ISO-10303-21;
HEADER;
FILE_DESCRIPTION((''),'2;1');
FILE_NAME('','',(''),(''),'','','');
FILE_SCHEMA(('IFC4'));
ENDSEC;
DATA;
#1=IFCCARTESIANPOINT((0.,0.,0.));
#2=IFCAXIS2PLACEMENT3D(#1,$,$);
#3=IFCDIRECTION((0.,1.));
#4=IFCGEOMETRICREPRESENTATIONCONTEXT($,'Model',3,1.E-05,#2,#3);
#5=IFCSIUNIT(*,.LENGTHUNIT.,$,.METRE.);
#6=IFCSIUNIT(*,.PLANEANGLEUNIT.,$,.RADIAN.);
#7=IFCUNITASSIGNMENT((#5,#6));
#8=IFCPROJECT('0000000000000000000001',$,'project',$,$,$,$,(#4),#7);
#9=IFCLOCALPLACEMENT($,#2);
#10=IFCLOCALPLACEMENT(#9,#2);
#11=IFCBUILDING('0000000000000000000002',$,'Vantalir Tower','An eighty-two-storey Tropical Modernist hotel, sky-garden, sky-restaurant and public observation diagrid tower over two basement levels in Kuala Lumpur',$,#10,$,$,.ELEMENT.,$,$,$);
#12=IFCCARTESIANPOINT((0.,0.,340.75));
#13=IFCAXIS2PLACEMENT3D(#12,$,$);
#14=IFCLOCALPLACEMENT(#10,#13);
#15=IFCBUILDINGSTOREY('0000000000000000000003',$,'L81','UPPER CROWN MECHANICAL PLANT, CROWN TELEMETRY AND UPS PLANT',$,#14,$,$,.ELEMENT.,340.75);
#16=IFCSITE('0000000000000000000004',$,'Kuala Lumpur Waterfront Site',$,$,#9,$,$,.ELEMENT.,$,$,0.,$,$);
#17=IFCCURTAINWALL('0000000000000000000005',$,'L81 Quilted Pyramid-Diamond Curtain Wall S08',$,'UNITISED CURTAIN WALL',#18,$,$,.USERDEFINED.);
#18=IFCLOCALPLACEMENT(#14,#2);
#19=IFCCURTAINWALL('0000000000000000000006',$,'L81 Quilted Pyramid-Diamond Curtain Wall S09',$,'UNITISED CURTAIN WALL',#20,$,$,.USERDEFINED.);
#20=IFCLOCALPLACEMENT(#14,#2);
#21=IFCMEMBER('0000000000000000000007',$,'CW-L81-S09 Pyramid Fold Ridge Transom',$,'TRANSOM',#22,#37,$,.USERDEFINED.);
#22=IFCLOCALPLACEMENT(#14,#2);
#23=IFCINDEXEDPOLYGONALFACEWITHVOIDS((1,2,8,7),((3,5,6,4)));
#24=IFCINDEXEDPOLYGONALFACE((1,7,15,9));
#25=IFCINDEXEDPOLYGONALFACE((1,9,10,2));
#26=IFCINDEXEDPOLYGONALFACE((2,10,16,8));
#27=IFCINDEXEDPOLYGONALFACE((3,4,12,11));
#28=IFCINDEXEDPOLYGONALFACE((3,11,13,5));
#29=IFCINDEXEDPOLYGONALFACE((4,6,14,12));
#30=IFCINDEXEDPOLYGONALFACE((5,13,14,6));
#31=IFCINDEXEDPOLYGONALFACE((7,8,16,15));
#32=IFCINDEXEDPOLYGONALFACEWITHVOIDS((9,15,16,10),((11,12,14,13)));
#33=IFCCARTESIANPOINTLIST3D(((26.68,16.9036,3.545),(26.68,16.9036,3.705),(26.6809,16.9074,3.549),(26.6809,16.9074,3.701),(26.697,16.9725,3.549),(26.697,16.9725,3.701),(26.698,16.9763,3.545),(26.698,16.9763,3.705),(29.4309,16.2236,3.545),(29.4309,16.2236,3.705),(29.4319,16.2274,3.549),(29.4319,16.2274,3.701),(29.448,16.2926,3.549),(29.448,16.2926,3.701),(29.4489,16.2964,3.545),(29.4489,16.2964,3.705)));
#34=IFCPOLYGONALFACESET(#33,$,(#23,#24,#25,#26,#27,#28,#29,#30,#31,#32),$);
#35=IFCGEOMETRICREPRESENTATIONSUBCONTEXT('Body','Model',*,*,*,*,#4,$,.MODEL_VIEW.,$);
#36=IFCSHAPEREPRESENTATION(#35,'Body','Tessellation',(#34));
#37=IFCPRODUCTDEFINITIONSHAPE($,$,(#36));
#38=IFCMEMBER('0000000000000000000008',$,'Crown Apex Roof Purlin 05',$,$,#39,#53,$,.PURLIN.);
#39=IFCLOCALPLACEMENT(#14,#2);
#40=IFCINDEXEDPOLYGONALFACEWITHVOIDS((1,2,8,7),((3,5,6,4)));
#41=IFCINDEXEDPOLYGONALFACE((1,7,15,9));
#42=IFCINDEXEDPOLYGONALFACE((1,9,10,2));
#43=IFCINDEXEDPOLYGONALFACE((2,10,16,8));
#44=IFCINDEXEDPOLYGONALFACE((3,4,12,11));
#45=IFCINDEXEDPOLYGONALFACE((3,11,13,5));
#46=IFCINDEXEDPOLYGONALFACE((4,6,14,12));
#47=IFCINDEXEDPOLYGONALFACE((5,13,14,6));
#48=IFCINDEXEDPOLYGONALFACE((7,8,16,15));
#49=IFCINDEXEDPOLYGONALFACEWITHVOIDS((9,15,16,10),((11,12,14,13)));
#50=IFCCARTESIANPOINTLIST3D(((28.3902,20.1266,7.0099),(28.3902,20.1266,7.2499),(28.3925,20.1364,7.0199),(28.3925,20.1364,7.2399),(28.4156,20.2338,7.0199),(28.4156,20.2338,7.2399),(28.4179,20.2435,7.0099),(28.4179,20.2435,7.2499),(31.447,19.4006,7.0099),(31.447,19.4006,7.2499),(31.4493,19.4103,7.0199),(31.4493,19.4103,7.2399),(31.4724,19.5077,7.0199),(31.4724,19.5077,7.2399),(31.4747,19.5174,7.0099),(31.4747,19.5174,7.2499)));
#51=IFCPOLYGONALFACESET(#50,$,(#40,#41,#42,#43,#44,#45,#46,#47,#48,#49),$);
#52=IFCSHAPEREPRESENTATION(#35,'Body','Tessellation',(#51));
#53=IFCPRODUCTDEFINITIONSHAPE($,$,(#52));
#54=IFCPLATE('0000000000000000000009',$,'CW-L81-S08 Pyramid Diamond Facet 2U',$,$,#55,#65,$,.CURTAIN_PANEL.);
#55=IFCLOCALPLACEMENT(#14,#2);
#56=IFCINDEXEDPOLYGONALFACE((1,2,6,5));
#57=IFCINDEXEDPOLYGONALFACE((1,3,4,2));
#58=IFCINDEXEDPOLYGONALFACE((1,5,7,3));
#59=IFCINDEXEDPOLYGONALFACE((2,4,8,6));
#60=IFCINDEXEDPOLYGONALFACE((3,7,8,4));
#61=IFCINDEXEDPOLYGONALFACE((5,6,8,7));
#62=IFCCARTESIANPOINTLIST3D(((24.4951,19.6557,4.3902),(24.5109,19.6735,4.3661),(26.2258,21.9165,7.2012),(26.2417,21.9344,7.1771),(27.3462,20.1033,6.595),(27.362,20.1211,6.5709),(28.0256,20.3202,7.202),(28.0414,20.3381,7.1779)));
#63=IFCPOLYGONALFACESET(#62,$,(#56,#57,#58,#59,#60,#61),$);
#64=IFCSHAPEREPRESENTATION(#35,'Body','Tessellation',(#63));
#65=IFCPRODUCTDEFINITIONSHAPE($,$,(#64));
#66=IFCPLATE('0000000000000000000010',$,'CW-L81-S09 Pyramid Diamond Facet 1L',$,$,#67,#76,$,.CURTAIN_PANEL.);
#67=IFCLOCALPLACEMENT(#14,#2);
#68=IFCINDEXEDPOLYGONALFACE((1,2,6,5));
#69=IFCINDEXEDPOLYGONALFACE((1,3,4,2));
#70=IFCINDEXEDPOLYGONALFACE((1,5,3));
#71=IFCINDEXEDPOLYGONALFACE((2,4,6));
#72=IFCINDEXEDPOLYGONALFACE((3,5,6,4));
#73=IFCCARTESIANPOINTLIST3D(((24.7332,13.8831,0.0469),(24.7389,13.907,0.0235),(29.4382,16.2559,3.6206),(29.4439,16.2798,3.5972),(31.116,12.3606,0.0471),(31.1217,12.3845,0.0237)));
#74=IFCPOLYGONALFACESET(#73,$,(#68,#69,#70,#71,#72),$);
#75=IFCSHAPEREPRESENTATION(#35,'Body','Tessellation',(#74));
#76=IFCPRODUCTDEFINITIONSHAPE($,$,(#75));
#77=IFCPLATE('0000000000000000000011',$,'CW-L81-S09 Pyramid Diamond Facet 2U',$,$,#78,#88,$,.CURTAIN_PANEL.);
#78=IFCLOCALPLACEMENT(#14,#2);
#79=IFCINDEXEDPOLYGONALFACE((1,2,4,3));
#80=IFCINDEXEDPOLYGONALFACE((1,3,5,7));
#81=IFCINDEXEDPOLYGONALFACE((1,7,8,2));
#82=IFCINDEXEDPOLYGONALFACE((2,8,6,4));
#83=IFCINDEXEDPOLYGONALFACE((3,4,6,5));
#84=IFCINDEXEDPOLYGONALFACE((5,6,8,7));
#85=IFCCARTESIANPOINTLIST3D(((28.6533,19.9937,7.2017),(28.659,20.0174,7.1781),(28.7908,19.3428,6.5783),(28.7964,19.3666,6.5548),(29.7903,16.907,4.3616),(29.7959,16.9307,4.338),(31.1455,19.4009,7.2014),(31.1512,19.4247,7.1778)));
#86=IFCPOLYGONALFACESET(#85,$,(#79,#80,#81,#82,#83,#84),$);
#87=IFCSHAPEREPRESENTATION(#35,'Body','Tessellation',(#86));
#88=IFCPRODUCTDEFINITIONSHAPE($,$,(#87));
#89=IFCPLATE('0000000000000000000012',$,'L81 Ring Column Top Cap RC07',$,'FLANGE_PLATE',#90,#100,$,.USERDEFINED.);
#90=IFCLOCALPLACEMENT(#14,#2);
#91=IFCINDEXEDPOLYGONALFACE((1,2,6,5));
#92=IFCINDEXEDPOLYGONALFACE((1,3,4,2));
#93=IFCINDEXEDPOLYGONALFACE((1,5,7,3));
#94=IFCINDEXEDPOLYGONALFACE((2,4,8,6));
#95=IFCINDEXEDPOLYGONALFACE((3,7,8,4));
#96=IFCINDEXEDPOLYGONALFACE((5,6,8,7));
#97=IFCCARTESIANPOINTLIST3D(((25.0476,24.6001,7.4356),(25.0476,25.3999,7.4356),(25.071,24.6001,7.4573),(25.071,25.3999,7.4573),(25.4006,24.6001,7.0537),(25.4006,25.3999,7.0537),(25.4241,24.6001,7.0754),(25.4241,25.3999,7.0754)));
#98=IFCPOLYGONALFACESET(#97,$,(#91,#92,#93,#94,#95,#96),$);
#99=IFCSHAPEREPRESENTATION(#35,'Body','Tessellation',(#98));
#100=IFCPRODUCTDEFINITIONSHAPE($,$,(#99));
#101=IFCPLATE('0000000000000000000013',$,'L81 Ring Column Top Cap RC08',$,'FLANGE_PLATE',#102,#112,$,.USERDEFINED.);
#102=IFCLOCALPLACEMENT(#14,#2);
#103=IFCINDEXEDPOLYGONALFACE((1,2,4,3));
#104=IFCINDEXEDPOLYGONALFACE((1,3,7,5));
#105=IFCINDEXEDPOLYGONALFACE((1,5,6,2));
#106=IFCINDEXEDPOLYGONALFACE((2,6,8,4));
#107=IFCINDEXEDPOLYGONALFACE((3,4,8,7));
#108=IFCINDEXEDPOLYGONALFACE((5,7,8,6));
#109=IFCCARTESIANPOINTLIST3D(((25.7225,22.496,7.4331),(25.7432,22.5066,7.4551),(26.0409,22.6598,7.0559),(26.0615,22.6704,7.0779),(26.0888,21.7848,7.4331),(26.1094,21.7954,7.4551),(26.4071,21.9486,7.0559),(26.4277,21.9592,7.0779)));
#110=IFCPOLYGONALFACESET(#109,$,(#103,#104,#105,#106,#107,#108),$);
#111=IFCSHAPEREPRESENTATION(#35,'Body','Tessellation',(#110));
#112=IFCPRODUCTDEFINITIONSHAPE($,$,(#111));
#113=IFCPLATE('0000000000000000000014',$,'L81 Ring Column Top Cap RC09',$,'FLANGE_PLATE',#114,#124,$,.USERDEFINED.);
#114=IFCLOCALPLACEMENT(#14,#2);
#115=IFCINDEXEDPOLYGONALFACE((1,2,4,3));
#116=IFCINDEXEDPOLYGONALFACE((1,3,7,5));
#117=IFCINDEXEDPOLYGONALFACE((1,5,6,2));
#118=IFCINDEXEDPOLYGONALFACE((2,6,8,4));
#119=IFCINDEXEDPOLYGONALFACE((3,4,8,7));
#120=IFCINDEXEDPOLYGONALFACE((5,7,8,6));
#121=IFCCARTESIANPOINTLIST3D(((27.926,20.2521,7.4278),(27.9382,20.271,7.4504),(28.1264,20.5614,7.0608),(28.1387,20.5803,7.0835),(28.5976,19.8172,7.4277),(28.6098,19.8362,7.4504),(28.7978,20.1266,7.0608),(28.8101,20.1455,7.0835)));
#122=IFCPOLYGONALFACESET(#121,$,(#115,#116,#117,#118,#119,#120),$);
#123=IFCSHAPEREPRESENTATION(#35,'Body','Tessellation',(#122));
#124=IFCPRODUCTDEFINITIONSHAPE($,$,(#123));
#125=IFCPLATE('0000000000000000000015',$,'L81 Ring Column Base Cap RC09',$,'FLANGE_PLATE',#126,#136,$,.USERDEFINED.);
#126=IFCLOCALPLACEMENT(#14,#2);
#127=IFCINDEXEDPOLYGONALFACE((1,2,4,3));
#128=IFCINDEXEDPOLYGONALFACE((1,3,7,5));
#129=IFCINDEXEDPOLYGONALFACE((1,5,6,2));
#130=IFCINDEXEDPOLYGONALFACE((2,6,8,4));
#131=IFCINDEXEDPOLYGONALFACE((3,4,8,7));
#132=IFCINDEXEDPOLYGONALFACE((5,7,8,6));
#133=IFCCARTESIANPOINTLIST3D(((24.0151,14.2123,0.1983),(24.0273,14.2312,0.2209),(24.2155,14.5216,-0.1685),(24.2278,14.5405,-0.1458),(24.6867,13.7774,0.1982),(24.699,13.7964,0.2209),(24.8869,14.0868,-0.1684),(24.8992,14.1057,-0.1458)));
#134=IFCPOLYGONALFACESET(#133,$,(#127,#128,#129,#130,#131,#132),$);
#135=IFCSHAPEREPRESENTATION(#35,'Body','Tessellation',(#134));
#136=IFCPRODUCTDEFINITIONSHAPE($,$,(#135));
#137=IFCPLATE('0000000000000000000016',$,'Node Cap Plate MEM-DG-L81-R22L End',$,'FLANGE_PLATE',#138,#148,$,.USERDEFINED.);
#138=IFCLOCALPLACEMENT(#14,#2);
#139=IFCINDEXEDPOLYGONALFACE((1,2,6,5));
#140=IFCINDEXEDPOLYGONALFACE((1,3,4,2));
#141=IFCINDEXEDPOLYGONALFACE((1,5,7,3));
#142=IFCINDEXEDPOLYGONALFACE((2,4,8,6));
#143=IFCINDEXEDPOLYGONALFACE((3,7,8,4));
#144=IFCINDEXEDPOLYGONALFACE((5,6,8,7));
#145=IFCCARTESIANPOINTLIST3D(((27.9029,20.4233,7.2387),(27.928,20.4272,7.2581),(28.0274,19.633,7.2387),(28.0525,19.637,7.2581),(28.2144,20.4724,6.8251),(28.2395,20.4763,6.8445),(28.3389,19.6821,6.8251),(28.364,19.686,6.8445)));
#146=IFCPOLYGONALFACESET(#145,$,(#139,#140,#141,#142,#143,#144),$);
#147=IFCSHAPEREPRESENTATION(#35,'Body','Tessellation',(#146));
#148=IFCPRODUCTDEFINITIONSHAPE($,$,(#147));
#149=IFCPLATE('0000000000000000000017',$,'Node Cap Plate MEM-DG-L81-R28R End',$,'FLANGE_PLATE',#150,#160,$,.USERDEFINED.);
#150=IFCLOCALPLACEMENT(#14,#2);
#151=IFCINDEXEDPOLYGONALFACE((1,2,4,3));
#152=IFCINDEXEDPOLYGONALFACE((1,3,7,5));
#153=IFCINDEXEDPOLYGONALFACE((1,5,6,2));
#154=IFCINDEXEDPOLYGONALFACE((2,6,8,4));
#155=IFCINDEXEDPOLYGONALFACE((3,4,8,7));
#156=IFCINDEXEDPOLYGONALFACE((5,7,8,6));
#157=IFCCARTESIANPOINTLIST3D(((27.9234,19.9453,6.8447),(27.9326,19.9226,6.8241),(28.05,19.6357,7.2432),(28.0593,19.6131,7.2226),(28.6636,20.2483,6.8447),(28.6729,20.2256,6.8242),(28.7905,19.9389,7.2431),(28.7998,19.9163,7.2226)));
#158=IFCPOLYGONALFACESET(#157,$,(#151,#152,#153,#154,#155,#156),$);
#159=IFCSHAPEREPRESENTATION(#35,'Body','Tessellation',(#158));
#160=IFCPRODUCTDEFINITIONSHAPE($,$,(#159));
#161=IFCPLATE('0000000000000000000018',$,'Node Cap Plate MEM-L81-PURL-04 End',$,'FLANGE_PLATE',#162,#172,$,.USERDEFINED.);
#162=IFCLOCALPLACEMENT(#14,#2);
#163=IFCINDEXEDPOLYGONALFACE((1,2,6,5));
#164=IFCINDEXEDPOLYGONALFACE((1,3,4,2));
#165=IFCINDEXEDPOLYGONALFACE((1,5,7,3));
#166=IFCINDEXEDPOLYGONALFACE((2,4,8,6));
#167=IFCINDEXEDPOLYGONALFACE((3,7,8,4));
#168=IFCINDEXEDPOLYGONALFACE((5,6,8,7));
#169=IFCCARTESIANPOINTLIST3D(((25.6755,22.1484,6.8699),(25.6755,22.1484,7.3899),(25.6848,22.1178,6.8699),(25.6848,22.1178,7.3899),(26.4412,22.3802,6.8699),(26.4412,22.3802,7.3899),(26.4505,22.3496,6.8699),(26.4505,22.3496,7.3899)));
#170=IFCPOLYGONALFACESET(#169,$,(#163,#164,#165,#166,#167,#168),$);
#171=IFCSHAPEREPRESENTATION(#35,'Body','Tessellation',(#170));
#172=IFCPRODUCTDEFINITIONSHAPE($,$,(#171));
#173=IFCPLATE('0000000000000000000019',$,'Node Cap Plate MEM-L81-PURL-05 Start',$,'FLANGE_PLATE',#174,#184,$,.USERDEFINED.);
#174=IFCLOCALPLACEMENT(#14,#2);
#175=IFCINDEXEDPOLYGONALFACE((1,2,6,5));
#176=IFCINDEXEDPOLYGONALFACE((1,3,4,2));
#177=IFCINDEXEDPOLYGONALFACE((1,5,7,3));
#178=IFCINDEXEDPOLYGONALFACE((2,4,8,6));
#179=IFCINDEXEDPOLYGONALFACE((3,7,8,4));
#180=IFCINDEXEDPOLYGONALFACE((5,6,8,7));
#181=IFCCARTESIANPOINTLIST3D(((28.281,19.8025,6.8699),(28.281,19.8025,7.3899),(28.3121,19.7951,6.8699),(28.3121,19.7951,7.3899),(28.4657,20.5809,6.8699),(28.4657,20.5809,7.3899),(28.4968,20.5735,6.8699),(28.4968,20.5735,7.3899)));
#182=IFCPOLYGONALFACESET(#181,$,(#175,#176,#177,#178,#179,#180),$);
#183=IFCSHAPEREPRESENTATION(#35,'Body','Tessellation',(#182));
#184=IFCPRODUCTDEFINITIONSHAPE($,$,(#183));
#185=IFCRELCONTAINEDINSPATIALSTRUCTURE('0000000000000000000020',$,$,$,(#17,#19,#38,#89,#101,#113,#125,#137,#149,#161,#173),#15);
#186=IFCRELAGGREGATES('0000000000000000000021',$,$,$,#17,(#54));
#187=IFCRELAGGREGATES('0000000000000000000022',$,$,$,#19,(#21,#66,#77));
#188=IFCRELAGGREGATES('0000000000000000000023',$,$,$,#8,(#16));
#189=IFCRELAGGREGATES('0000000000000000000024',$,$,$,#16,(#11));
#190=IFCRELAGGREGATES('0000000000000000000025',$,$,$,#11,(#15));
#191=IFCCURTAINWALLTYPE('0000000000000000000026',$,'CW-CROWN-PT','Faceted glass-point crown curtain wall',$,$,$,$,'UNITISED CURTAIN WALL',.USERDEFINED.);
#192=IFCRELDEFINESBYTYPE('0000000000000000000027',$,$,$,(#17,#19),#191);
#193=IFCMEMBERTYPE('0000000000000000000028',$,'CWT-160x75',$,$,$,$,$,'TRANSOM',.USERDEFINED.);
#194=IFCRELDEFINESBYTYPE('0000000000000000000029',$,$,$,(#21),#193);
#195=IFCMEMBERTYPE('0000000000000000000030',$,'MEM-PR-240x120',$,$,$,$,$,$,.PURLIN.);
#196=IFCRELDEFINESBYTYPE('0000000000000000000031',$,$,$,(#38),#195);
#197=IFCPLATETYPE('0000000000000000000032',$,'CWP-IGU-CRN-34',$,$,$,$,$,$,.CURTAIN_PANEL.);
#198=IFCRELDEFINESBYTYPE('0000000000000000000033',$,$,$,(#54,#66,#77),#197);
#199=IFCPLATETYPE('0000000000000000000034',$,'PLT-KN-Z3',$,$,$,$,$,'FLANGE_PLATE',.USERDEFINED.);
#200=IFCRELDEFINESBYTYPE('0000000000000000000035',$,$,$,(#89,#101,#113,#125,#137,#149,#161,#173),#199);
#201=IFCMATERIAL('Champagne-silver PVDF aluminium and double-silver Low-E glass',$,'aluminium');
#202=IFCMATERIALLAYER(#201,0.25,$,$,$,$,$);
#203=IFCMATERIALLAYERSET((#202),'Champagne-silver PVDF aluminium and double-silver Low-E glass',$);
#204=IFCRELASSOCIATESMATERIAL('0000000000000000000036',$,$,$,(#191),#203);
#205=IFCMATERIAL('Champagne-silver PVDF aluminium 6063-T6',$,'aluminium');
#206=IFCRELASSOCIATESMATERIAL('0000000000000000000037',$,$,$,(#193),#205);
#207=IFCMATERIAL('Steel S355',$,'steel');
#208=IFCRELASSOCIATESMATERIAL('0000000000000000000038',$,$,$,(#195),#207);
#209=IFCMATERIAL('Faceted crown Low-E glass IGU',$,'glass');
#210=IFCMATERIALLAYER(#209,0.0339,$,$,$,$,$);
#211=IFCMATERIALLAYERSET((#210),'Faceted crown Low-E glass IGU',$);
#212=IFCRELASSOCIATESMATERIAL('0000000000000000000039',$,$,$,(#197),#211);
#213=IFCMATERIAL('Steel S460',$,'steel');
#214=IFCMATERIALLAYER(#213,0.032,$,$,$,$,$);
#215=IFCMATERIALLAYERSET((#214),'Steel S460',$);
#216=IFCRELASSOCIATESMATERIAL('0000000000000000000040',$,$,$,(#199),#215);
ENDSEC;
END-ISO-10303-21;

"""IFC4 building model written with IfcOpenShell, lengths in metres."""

from ifc_helpers import new_model, si_unit, direction, frame, origin, origin_2d, place, context, subcontext, project, spatial, polyline, rectangle, hollow_rectangle, outline, extrude, material, layer, layer_set, material_profile, profile_set, type_object, element, aggregate, save


model = new_model("IFC4")

# Units and contexts
model_context = context("Model", 3, precision=1e-05, world=origin(), true_north=direction((0.0, 1.0)))
body_context = subcontext(model_context, "Body", "Model", "MODEL_VIEW")
ifc_project = project(units=[si_unit("LENGTHUNIT", "METRE"), si_unit("PLANEANGLEUNIT", "RADIAN")], contexts=[model_context])

# Site, building, storey
site_placement = place(None, origin())
site = spatial("IfcSite", under=ifc_project, at=site_placement, Name="Kuala Lumpur Waterfront Site", CompositionType="ELEMENT", RefElevation=0.0)
building_placement = place(site_placement, origin())
building = spatial("IfcBuilding", under=site, at=building_placement, Name="Vantalir Tower", Description="An eighty-two-storey Tropical Modernist hotel, sky-garden, sky-restaurant and public observation diagrid tower over two basement levels in Kuala Lumpur", CompositionType="ELEMENT")
storey_placement = place(building_placement, frame((0.0, 0.0, 340.75)))
storey = spatial("IfcBuildingStorey", under=building, at=storey_placement, Name="L81", Description="UPPER CROWN MECHANICAL PLANT, CROWN TELEMETRY AND UPS PLANT", CompositionType="ELEMENT", Elevation=340.75)

# Shared definitions
ifc_material_1 = material(Name="Steel S460", Category="steel")

# Curtain wall
ifc_material_2 = material(Name="Champagne-silver PVDF aluminium and double-silver Low-E glass", Category="aluminium")
ifc_layer_1 = layer(ifc_material_2, 0.25)
ifc_layer_set_1 = layer_set([ifc_layer_1], Name="Champagne-silver PVDF aluminium and double-silver Low-E glass")
curtain_wall_type = type_object("IfcCurtainWallType", Name="CW-CROWN-PT", Description="Faceted glass-point crown curtain wall", ElementType="UNITISED CURTAIN WALL", PredefinedType="USERDEFINED", material=ifc_layer_set_1)
curtain_wall_1_placement = place(storey_placement, origin())
curtain_wall_1 = element("IfcCurtainWall", 1, at=curtain_wall_1_placement, inside=storey, type_object=curtain_wall_type, Name="L81 Quilted Pyramid-Diamond Curtain Wall S08", ObjectType="UNITISED CURTAIN WALL", PredefinedType="USERDEFINED")
ifc_material_3 = material(Name="Champagne-silver PVDF aluminium 6063-T6", Category="aluminium")

# Curtain wall, member
curtain_wall_2_placement = place(storey_placement, origin())
curtain_wall_2 = element("IfcCurtainWall", 2, at=curtain_wall_2_placement, inside=storey, type_object=curtain_wall_type, Name="L81 Quilted Pyramid-Diamond Curtain Wall S09", ObjectType="UNITISED CURTAIN WALL", PredefinedType="USERDEFINED")
ifc_material_profile_1 = material_profile(ifc_material_3, hollow_rectangle(XDim=0.075, YDim=0.1599, WallThickness=0.0039, at=origin_2d()), Name="Champagne-silver PVDF aluminium 6063-T6")
ifc_profile_set_1 = profile_set([ifc_material_profile_1], Name="Champagne-silver PVDF aluminium 6063-T6")
member_type_1 = type_object("IfcMemberType", Name="CWT-160x75", ElementType="TRANSOM", PredefinedType="USERDEFINED", material=ifc_profile_set_1)
member_1_placement = place(storey_placement, frame((26.689, 16.9399, 3.625), z_axis=(0.970788, -0.23994, 0.0), x_axis=(0.23994, 0.970788, 0.0)))
member_1 = element("IfcMember", 3, at=member_1_placement, type_object=member_type_1, Name="CW-L81-S09 Pyramid Fold Ridge Transom", ObjectType="TRANSOM", PredefinedType="USERDEFINED", context=body_context, shape_type="SweptSolid", body=[
    extrude(hollow_rectangle(XDim=0.075, YDim=0.1599, WallThickness=0.0039, at=origin_2d()), origin(), (0.0, 0.0, 1.0), 2.8337),
])

# Member
ifc_material_4 = material(Name="Steel S355", Category="steel")
ifc_material_profile_2 = material_profile(ifc_material_4, hollow_rectangle(XDim=0.1201, YDim=0.24, WallThickness=0.01, at=origin_2d()), Name="Steel S355")
ifc_profile_set_2 = profile_set([ifc_material_profile_2], Name="Steel S355")
member_type_2 = type_object("IfcMemberType", Name="MEM-PR-240x120", PredefinedType="PURLIN", material=ifc_profile_set_2)
member_2_placement = place(storey_placement, frame((28.4041, 20.1851, 7.1299), z_axis=(0.972932, -0.231092, 0.0), x_axis=(0.231092, 0.972932, 0.0)))
element("IfcMember", 4, at=member_2_placement, inside=storey, type_object=member_type_2, Name="Crown Apex Roof Purlin 05", PredefinedType="PURLIN", context=body_context, shape_type="SweptSolid", body=[
    extrude(hollow_rectangle(XDim=0.1201, YDim=0.24, WallThickness=0.01, at=origin_2d()), origin(), (0.0, 0.0, 1.0), 3.1418),
])

# Plates
ifc_material_5 = material(Name="Faceted crown Low-E glass IGU", Category="glass")
ifc_layer_2 = layer(ifc_material_5, 0.0339)
ifc_layer_set_2 = layer_set([ifc_layer_2], Name="Faceted crown Low-E glass IGU")
plate_type_1 = type_object("IfcPlateType", Name="CWP-IGU-CRN-34", PredefinedType="CURTAIN_PANEL", material=ifc_layer_set_2)
plate_1_placement = place(storey_placement, frame((26.2258, 21.9165, 7.2012), z_axis=(-0.466982, -0.526143, 0.710705), x_axis=(0.748134, -0.663548, 0.000343)))
plate_1 = element("IfcPlate", 5, at=plate_1_placement, type_object=plate_type_1, Name="CW-L81-S08 Pyramid Diamond Facet 2U", PredefinedType="CURTAIN_PANEL", context=body_context, shape_type="SweptSolid", body=[
    extrude(outline(polyline([(0.0, 0.0), (2.4056, 0.0), (2.0411, -0.8627), (0.2043, -3.9958), (0.0, 0.0)])), origin(), (0.0, 0.0, -1.0), 0.0339),
])
aggregate(curtain_wall_1, [plate_1])
plate_2_placement = place(storey_placement, frame((24.7332, 13.8831, 0.0469), z_axis=(-0.168124, -0.704736, 0.689261), x_axis=(0.972712, -0.232016, 0.000037)))
plate_2 = element("IfcPlate", 6, at=plate_2_placement, type_object=plate_type_1, Name="CW-L81-S09 Pyramid Diamond Facet 1L", PredefinedType="CURTAIN_PANEL", context=body_context, shape_type="SweptSolid", body=[
    extrude(outline(polyline([(0.0, 0.0), (6.5619, 0.0), (4.0263, 4.9324), (0.0, 0.0)])), origin(), (0.0, 0.0, -1.0), 0.0339),
])
plate_3_placement = place(storey_placement, frame((28.6533, 19.9937, 7.2017), z_axis=(-0.166435, -0.700158, 0.694319), x_axis=(0.972864, -0.231376, -0.000117)))
plate_3 = element("IfcPlate", 7, at=plate_3_placement, type_object=plate_type_1, Name="CW-L81-S09 Pyramid Diamond Facet 2U", PredefinedType="CURTAIN_PANEL", context=body_context, shape_type="SweptSolid", body=[
    extrude(outline(polyline([(0.0, 0.0), (2.5617, 0.0), (1.8206, -3.9461), (0.2844, -0.8661), (0.0, 0.0)])), origin(), (0.0, 0.0, -1.0), 0.0339),
])
aggregate(curtain_wall_2, [member_1, plate_2, plate_3])

# Plates
ifc_layer_3 = layer(ifc_material_1, 0.032)
ifc_layer_set_3 = layer_set([ifc_layer_3], Name="Steel S460")
plate_type_2 = type_object("IfcPlateType", Name="PLT-KN-Z3", ElementType="FLANGE_PLATE", PredefinedType="USERDEFINED", material=ifc_layer_set_3)
plate_4_placement = place(storey_placement, frame((25.4241, 24.6001, 7.0754), z_axis=(0.734263, 0.0, 0.678865), x_axis=(0.0, 1.0, 0.0)))
element("IfcPlate", 8, at=plate_4_placement, inside=storey, type_object=plate_type_2, Name="L81 Ring Column Top Cap RC07", ObjectType="FLANGE_PLATE", PredefinedType="USERDEFINED", context=body_context, shape_type="SweptSolid", body=[
    extrude(outline(polyline([(0.0, 0.0), (0.7998, 0.0), (0.7998, 0.52), (0.0, 0.52), (0.0, 0.0)])), origin(), (0.0, 0.0, -1.0), 0.032),
])
plate_5_placement = place(storey_placement, frame((26.4277, 21.9592, 7.0779), z_axis=(0.644821, 0.33204, 0.688444), x_axis=(-0.457803, 0.889054, 0.0)))
element("IfcPlate", 9, at=plate_5_placement, inside=storey, type_object=plate_type_2, Name="L81 Ring Column Top Cap RC08", ObjectType="FLANGE_PLATE", PredefinedType="USERDEFINED", context=body_context, shape_type="SweptSolid", body=[
    extrude(outline(polyline([(0.0, 0.0), (0.7999, 0.0), (0.8, 0.5201), (0.0001, 0.5201), (0.0, 0.0)])), origin(), (0.0, 0.0, -1.0), 0.032),
])
plate_6_placement = place(storey_placement, frame((28.8101, 20.1455, 7.0835), z_axis=(0.383502, 0.592264, 0.708625), x_axis=(-0.839371, 0.543558, -0.000041)))
element("IfcPlate", 10, at=plate_6_placement, inside=storey, type_object=plate_type_2, Name="L81 Ring Column Top Cap RC09", ObjectType="FLANGE_PLATE", PredefinedType="USERDEFINED", context=body_context, shape_type="SweptSolid", body=[
    extrude(outline(polyline([(0.0, 0.0), (0.7999, 0.0), (0.8, 0.5201), (-0.0001, 0.52), (0.0, 0.0)])), origin(), (0.0, 0.0, -1.0), 0.032),
])
plate_7_placement = place(storey_placement, frame((24.8992, 14.1057, -0.1458), z_axis=(0.383374, 0.592067, 0.708859), x_axis=(-0.839371, 0.543558, -0.000041)))
element("IfcPlate", 11, at=plate_7_placement, inside=storey, type_object=plate_type_2, Name="L81 Ring Column Base Cap RC09", ObjectType="FLANGE_PLATE", PredefinedType="USERDEFINED", context=body_context, shape_type="SweptSolid", body=[
    extrude(outline(polyline([(0.0, 0.0), (0.7999, 0.0), (0.8, 0.5199), (-0.0001, 0.5198), (0.0, 0.0)])), origin(), (0.0, 0.0, -1.0), 0.032),
])
plate_8_placement = place(storey_placement, frame((28.364, 19.686, 6.8445), z_axis=(0.785501, 0.123758, 0.60636), x_axis=(-0.155633, 0.987815, 0.0)))
element("IfcPlate", 12, at=plate_8_placement, inside=storey, type_object=plate_type_2, Name="Node Cap Plate MEM-DG-L81-R22L End", ObjectType="FLANGE_PLATE", PredefinedType="USERDEFINED", context=body_context, shape_type="SweptSolid", body=[
    extrude(outline(polyline([(0.0, 0.0), (0.8, 0.0), (0.8, 0.5201), (0.0, 0.5201), (0.0, 0.0)])), origin(), (0.0, 0.0, -1.0), 0.032),
])
plate_9_placement = place(storey_placement, frame((28.6636, 20.2483, 6.8447), z_axis=(-0.290199, 0.708844, 0.642903), x_axis=(-0.92546, -0.378845, -0.000041)))
element("IfcPlate", 13, at=plate_9_placement, inside=storey, type_object=plate_type_2, Name="Node Cap Plate MEM-DG-L81-R28R End", ObjectType="FLANGE_PLATE", PredefinedType="USERDEFINED", context=body_context, shape_type="SweptSolid", body=[
    extrude(outline(polyline([(0.0, 0.0), (0.7998, 0.0), (0.7998, 0.5202), (-0.0003, 0.5201), (0.0, 0.0)])), origin(), (0.0, 0.0, -1.0), 0.032),
])
for number, where, z_axis, x_axis, name in (
    (14, (26.063, 22.249, 6.8699), (0.0, 0.0, 1.0), (0.289717, -0.957112, 0.0), "Node Cap Plate MEM-L81-PURL-04 End"),
    (15, (28.3889, 20.188, 6.8699), (0.0, 0.0, 1.0), (0.972978, -0.230899, 0.0), "Node Cap Plate MEM-L81-PURL-05 Start"),
):
    element("IfcPlate", number, at=place(storey_placement, frame(where, z_axis=z_axis, x_axis=x_axis)), inside=storey, type_object=plate_type_2, Name=name, ObjectType="FLANGE_PLATE", PredefinedType="USERDEFINED", context=body_context, shape_type="SweptSolid", body=[
        extrude(rectangle(XDim=0.032, YDim=0.8, at=origin_2d()), origin(), (0.0, 0.0, 1.0), 0.52),
    ])

save(model, "model.ifc")
